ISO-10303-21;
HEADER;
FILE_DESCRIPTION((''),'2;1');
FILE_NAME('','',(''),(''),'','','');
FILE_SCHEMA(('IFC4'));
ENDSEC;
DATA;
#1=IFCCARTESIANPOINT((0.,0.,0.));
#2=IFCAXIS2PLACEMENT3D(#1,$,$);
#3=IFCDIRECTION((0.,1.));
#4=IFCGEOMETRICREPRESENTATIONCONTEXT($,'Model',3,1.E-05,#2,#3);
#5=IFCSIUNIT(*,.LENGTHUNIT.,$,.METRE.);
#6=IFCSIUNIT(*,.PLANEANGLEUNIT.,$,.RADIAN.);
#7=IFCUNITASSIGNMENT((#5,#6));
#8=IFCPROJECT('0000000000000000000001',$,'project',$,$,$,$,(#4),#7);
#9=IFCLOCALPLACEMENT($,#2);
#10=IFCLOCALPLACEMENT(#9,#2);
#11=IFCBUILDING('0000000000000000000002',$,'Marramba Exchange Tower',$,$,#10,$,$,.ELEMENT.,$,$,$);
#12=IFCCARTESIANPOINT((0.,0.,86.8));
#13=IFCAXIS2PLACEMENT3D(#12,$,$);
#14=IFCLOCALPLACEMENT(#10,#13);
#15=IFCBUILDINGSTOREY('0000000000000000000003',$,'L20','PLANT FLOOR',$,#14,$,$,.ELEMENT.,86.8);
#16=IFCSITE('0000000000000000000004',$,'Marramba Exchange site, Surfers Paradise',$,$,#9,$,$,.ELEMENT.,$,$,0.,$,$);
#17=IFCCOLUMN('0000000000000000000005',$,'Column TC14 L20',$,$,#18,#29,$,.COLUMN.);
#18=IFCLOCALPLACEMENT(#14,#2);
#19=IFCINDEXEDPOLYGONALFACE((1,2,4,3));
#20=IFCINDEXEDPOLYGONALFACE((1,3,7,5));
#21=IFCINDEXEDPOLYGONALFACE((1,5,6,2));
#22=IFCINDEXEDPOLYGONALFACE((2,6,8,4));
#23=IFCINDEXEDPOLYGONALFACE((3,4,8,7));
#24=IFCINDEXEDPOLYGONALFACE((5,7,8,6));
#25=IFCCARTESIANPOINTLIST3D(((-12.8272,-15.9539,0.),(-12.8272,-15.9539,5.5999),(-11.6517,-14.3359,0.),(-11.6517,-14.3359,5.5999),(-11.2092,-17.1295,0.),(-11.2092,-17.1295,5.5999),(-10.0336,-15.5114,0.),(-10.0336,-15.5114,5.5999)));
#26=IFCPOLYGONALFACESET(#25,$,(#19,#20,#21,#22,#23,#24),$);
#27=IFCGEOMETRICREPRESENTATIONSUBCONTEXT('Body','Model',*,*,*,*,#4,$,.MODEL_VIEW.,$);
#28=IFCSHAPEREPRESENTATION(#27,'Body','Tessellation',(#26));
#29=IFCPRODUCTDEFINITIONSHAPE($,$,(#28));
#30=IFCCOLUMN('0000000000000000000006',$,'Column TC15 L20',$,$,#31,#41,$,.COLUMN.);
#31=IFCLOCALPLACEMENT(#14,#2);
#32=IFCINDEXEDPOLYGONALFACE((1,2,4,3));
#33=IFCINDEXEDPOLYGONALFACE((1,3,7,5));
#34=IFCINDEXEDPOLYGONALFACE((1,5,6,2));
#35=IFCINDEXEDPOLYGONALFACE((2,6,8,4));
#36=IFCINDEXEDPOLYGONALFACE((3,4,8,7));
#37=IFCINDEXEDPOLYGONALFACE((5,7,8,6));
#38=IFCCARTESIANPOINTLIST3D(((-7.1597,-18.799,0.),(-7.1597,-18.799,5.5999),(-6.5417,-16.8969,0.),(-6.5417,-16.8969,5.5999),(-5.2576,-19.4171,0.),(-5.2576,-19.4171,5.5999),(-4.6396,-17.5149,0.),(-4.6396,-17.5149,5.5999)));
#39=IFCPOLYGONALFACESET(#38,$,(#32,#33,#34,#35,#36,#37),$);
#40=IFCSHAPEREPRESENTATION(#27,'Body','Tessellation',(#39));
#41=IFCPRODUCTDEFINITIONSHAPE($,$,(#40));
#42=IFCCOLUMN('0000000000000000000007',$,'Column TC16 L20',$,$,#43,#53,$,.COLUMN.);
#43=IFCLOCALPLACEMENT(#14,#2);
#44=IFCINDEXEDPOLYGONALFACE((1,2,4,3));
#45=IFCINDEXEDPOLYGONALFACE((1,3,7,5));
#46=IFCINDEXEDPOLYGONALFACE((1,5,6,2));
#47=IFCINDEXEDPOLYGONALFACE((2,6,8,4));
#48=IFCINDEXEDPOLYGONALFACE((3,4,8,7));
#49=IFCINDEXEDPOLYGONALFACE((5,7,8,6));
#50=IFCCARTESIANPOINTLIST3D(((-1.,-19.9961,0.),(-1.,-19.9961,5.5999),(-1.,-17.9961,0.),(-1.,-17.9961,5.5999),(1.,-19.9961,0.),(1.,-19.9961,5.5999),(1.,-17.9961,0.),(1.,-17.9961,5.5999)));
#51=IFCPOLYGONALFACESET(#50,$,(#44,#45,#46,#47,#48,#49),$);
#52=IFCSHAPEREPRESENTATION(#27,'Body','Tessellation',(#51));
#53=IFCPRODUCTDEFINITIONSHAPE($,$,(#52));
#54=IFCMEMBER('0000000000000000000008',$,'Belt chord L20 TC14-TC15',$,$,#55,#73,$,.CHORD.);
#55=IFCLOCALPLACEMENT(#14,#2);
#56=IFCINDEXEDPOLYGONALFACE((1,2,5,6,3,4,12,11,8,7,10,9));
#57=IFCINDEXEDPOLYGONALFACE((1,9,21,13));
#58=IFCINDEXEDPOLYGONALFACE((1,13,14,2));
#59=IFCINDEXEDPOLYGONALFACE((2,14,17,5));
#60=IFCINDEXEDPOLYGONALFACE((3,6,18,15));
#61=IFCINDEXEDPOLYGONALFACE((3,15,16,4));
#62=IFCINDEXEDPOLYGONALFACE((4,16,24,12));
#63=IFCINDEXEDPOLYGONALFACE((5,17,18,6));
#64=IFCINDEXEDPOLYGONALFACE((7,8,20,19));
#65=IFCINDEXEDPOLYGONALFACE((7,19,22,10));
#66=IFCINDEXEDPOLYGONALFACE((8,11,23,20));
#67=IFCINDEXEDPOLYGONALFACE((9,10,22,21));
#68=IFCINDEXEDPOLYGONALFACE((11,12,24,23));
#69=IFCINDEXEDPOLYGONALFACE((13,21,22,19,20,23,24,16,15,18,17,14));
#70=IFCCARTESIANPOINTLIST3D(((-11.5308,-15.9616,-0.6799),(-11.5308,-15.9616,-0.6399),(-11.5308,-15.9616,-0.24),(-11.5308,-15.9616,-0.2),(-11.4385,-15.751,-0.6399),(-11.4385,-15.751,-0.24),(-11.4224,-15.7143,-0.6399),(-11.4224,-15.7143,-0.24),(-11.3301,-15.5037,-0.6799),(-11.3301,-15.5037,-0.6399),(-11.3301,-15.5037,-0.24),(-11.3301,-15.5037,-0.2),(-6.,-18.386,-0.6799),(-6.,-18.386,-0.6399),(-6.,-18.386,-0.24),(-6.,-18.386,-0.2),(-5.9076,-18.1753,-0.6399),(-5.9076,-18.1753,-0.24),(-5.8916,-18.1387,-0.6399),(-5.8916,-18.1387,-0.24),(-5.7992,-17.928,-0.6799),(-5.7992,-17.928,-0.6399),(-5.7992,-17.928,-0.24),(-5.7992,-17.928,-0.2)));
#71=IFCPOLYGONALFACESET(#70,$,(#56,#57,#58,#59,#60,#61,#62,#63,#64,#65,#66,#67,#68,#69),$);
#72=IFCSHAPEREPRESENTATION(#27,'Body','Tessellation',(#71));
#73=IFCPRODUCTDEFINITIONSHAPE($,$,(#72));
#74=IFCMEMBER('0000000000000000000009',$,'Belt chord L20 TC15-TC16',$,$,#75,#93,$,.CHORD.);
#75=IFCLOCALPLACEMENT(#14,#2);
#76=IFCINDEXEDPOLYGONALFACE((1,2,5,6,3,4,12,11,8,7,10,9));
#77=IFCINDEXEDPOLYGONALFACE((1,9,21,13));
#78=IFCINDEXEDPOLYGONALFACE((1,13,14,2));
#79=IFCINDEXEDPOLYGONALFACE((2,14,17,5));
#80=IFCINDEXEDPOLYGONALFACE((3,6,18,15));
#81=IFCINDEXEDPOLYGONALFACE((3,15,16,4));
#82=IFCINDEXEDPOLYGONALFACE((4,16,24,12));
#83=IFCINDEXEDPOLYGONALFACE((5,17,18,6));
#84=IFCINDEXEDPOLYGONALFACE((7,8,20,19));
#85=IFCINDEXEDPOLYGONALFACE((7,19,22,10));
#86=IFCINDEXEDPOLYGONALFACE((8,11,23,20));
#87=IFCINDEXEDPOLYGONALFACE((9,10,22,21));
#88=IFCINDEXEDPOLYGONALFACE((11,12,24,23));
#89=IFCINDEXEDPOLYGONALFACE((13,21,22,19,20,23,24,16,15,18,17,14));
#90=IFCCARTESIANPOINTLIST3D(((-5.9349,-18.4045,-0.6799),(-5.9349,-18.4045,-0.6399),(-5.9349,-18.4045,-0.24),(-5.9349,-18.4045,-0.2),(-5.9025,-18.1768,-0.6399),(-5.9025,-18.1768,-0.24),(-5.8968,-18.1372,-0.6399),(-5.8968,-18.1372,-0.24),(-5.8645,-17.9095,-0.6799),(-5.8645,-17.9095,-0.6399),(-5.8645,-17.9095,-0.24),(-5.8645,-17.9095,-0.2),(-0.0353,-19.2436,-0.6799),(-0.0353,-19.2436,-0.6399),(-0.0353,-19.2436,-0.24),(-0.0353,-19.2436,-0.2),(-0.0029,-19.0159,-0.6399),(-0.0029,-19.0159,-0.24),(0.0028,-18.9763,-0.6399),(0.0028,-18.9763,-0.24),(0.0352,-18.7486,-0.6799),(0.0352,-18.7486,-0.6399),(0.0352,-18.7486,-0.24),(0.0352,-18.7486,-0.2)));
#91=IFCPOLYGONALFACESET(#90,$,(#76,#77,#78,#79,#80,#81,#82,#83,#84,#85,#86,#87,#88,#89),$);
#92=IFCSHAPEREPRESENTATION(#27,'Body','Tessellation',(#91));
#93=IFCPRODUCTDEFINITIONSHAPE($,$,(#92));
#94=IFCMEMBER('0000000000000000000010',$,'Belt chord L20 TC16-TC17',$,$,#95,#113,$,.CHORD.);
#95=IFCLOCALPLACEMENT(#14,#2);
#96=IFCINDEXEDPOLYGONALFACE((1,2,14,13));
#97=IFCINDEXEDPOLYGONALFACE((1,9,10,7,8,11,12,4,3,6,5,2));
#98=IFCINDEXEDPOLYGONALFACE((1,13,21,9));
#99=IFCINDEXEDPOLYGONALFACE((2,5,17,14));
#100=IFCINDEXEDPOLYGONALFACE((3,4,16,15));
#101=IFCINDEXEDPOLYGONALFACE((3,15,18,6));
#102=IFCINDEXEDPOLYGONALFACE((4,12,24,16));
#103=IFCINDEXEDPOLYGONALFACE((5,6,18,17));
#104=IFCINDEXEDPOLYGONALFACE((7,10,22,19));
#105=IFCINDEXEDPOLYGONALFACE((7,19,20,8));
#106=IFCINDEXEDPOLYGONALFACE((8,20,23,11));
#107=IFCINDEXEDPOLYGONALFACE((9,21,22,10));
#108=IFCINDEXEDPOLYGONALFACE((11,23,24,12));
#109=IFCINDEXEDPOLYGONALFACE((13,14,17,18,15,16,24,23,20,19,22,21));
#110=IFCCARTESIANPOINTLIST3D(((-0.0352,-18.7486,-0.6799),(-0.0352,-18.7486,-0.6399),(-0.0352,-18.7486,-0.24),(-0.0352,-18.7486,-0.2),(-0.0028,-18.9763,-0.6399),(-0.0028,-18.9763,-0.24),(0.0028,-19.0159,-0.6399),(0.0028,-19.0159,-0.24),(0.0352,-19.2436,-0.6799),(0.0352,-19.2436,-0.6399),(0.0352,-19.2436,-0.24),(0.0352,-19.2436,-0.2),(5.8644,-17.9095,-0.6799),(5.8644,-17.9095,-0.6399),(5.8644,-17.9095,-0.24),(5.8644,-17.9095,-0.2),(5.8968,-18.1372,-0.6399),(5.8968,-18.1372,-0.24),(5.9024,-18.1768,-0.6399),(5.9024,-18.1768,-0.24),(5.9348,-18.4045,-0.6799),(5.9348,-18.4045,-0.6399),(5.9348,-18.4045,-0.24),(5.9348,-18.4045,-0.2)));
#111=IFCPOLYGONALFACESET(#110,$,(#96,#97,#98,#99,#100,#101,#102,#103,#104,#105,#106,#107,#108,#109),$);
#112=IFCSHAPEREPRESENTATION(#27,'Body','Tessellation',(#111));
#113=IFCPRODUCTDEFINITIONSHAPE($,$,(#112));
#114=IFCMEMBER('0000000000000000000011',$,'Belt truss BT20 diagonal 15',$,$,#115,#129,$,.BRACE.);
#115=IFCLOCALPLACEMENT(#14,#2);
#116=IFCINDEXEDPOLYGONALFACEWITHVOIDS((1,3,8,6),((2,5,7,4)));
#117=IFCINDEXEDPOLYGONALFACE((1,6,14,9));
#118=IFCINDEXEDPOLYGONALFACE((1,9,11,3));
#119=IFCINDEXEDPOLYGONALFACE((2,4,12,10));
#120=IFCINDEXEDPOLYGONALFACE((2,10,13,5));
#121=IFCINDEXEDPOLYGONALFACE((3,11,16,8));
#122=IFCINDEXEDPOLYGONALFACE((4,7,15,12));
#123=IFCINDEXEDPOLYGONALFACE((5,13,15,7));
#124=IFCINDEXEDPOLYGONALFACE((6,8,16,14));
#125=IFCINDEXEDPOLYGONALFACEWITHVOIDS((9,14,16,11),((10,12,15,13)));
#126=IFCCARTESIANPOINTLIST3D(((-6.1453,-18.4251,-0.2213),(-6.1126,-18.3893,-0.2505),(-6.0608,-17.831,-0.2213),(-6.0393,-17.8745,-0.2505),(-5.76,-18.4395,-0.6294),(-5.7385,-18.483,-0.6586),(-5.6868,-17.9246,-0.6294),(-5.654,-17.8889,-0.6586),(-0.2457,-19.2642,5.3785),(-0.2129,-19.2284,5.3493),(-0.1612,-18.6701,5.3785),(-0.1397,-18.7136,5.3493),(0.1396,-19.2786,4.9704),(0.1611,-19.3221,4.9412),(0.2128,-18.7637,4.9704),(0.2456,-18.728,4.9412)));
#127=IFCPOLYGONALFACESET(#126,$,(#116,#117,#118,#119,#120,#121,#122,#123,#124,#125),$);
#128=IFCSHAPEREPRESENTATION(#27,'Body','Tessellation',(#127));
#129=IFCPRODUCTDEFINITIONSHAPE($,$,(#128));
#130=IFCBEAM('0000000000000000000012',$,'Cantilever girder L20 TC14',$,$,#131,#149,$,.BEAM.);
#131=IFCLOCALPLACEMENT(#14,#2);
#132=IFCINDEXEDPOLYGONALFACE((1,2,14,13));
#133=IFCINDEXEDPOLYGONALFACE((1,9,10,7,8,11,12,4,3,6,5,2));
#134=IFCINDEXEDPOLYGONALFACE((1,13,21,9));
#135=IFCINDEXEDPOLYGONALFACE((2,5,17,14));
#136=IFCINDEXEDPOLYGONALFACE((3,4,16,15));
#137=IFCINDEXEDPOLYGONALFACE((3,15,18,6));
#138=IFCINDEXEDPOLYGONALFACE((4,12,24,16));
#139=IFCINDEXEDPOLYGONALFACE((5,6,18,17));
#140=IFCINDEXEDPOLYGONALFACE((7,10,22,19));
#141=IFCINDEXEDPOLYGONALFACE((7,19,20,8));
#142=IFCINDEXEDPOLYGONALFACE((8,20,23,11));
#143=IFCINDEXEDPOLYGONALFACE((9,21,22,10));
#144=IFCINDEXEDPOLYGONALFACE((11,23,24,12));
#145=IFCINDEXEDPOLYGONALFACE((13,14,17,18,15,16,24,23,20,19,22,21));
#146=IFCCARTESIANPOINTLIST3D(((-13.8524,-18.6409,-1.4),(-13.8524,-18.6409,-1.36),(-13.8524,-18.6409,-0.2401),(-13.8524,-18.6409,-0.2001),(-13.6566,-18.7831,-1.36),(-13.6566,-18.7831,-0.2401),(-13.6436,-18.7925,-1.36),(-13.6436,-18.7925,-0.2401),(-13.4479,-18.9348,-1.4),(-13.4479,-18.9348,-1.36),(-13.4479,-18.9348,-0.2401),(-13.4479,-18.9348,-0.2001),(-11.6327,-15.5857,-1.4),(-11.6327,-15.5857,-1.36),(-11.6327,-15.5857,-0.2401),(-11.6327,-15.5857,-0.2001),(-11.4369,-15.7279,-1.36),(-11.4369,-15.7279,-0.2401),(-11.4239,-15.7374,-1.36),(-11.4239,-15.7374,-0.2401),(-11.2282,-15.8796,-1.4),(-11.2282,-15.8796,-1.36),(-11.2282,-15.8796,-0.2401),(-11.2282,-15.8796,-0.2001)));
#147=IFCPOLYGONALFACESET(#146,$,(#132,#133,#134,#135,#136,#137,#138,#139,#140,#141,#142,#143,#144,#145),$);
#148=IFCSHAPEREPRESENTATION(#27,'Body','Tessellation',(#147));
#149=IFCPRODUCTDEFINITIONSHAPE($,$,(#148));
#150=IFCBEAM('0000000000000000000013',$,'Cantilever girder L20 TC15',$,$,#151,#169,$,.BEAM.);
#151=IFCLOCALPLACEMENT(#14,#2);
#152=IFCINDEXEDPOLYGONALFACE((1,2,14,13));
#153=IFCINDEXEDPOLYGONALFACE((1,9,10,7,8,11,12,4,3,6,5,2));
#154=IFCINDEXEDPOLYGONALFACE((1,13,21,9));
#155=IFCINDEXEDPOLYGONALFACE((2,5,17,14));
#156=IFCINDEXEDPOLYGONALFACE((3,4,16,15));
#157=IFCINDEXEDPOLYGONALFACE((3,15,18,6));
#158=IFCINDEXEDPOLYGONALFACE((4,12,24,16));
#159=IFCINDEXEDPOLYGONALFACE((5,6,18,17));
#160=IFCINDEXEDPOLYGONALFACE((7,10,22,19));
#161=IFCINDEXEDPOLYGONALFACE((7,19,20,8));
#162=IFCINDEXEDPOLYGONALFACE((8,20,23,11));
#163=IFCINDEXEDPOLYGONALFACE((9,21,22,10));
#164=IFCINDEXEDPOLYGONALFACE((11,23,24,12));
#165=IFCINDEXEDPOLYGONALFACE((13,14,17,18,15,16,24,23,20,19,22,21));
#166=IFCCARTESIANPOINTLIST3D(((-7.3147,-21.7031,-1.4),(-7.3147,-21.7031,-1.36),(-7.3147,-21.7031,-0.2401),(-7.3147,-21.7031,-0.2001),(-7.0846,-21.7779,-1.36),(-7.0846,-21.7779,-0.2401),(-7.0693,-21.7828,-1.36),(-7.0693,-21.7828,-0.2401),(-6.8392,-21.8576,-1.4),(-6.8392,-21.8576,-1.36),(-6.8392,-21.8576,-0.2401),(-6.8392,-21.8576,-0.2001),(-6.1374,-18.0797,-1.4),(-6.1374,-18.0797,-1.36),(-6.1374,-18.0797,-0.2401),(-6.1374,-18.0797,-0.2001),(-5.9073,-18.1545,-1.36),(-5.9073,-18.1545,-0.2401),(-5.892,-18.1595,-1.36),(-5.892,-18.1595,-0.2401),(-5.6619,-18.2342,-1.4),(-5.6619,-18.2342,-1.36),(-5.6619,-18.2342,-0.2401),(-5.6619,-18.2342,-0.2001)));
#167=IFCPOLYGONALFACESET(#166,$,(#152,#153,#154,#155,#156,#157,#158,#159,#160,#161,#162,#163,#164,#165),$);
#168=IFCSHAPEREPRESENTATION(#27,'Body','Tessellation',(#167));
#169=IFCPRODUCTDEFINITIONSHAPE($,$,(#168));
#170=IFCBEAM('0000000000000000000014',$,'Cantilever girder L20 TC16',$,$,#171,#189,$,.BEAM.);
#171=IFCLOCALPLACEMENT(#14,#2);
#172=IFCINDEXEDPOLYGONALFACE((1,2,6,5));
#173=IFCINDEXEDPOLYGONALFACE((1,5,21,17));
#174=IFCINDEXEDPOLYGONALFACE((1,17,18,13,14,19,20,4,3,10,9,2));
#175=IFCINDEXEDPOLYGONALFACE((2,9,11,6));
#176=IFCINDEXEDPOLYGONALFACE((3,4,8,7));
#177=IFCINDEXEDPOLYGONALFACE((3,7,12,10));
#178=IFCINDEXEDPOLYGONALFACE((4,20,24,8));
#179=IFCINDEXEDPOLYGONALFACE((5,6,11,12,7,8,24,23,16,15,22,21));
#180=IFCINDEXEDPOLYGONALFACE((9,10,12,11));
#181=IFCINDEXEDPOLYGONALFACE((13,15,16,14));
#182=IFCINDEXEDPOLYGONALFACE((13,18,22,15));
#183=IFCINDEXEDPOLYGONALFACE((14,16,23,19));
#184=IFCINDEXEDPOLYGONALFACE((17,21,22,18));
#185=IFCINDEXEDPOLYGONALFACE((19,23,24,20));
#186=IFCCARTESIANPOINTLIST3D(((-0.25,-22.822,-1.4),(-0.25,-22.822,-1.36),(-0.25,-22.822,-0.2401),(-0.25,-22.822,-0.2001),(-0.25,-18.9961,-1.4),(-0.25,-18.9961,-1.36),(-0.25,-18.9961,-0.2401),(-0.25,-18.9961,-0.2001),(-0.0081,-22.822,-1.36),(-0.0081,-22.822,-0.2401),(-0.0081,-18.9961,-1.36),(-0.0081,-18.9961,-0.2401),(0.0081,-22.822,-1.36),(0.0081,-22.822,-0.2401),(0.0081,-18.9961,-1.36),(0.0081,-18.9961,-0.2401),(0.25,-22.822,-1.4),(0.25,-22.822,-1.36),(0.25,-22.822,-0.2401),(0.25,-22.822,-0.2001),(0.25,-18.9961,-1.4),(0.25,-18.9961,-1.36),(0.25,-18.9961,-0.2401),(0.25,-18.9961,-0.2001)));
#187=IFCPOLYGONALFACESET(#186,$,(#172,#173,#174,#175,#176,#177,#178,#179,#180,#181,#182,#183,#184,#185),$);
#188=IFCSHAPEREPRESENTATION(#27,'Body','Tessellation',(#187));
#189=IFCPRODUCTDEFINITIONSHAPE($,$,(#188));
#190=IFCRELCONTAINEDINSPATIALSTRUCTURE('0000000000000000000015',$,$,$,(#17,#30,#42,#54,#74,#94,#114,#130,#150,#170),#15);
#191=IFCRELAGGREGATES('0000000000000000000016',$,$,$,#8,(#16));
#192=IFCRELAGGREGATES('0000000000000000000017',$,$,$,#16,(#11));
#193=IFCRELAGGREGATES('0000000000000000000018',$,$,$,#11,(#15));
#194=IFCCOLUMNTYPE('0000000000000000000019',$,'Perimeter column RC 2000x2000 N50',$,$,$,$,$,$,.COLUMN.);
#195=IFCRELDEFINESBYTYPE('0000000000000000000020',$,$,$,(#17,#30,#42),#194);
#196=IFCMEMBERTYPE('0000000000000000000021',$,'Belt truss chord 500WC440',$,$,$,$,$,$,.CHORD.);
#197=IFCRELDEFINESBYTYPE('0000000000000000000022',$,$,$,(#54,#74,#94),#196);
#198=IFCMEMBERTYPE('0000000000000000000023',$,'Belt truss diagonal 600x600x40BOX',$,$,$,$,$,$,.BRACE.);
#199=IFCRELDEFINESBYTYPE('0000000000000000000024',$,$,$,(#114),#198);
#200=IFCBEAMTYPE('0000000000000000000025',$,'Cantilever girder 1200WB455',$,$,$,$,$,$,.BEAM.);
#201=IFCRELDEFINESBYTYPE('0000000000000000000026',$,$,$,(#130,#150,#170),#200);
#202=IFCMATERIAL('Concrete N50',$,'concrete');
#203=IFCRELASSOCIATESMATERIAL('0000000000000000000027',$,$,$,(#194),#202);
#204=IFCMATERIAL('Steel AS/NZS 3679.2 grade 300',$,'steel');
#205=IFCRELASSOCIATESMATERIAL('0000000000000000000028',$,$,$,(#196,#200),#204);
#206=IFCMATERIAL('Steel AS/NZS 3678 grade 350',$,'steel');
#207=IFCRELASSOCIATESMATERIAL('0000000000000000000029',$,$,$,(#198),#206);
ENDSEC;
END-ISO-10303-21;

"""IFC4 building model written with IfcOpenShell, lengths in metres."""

from ifc_helpers import new_model, si_unit, direction, frame, origin, origin_2d, place, context, subcontext, project, spatial, rectangle, hollow_rectangle, i_section, extrude, material, material_profile, profile_set, type_object, element, save


model = new_model("IFC4")

# Units and contexts
model_context = context("Model", 3, precision=1e-05, world=origin(), true_north=direction((0.0, 1.0)))
body_context = subcontext(model_context, "Body", "Model", "MODEL_VIEW")
ifc_project = project(units=[si_unit("LENGTHUNIT", "METRE"), si_unit("PLANEANGLEUNIT", "RADIAN")], contexts=[model_context])

# Site, building, storey
site_placement = place(None, origin())
site = spatial("IfcSite", under=ifc_project, at=site_placement, Name="Marramba Exchange site, Surfers Paradise", CompositionType="ELEMENT", RefElevation=0.0)
building_placement = place(site_placement, origin())
building = spatial("IfcBuilding", under=site, at=building_placement, Name="Marramba Exchange Tower", CompositionType="ELEMENT")
storey_placement = place(building_placement, frame((0.0, 0.0, 86.8)))
storey = spatial("IfcBuildingStorey", under=building, at=storey_placement, Name="L20", Description="PLANT FLOOR", CompositionType="ELEMENT", Elevation=86.8)

# Columns
ifc_material_1 = material(Name="Concrete N50", Category="concrete")
ifc_material_profile_1 = material_profile(ifc_material_1, rectangle(XDim=2.0, YDim=2.0, at=origin_2d()), Name="RC 2000x2000")
ifc_profile_set_1 = profile_set([ifc_material_profile_1], Name="Concrete N50")
column_type = type_object("IfcColumnType", Name="Perimeter column RC 2000x2000 N50", PredefinedType="COLUMN", material=ifc_profile_set_1)
for number, where, z_axis, x_axis, name in (
    (1, (-11.4304, -15.7327, 0.0), (0.0, 0.0, 1.0), (-0.587785, -0.809017, 0.0), "Column TC14 L20"),
    (2, (-5.8997, -18.157, 0.0), (0.0, 0.0, 1.0), (-0.309017, -0.951057, 0.0), "Column TC15 L20"),
    (3, (0.0, -18.9961, 0.0), (0.0, 0.0, 1.0), (0.0, -1.0, 0.0), "Column TC16 L20"),
):
    element("IfcColumn", number, at=place(storey_placement, frame(where, z_axis=z_axis, x_axis=x_axis)), inside=storey, type_object=column_type, Name=name, PredefinedType="COLUMN", context=body_context, shape_type="SweptSolid", body=[
        extrude(rectangle(XDim=2.0, YDim=2.0, at=origin_2d()), origin(), (0.0, 0.0, 1.0), 5.5999),
    ])

# Members
ifc_material_2 = material(Name="Steel AS/NZS 3679.2 grade 300", Category="steel")
ifc_material_profile_2 = material_profile(ifc_material_2, i_section(OverallWidth=0.5, OverallDepth=0.48, WebThickness=0.04, FlangeThickness=0.04, at=origin_2d()), Name="500WC440")
ifc_profile_set_2 = profile_set([ifc_material_profile_2], Name="Steel AS/NZS 3679.2 grade 300")
member_type_1 = type_object("IfcMemberType", Name="Belt truss chord 500WC440", PredefinedType="CHORD", material=ifc_profile_set_2)
member_1_placement = place(storey_placement, frame((-11.4304, -15.7327, -0.4399), z_axis=(0.915877, -0.401459, 0.0), x_axis=(0.401459, 0.915877, 0.0)))
element("IfcMember", 4, at=member_1_placement, inside=storey, type_object=member_type_1, Name="Belt chord L20 TC14-TC15", PredefinedType="CHORD", context=body_context, shape_type="SweptSolid", body=[
    extrude(i_section(OverallWidth=0.5, OverallDepth=0.48, WebThickness=0.04, FlangeThickness=0.04, at=origin_2d()), origin(), (0.0, 0.0, 1.0), 6.0388),
])
for number, where, z_axis, x_axis, name in (
    (5, (-5.8997, -18.157, -0.4399), (0.990036, -0.140813, 0.0), (0.140813, 0.990036, 0.0), "Belt chord L20 TC15-TC16"),
    (6, (0.0, -18.9961, -0.4399), (0.990036, 0.140813, 0.0), (-0.140813, 0.990036, 0.0), "Belt chord L20 TC16-TC17"),
):
    element("IfcMember", number, at=place(storey_placement, frame(where, z_axis=z_axis, x_axis=x_axis)), inside=storey, type_object=member_type_1, Name=name, PredefinedType="CHORD", context=body_context, shape_type="SweptSolid", body=[
        extrude(i_section(OverallWidth=0.5, OverallDepth=0.48, WebThickness=0.04, FlangeThickness=0.04, at=origin_2d()), origin(), (0.0, 0.0, 1.0), 5.959),
    ])
ifc_material_3 = material(Name="Steel AS/NZS 3678 grade 350", Category="steel")
ifc_material_profile_3 = material_profile(ifc_material_3, hollow_rectangle(XDim=0.6001, YDim=0.6001, WallThickness=0.04, at=origin_2d()), Name="600x600x40BOX")
ifc_profile_set_3 = profile_set([ifc_material_profile_3], Name="Steel AS/NZS 3678 grade 350")
member_type_2 = type_object("IfcMemberType", Name="Belt truss diagonal 600x600x40BOX", PredefinedType="BRACE", material=ifc_profile_set_3)
member_2_placement = place(storey_placement, frame((-5.8997, -18.157, -0.4399), z_axis=(0.721467, -0.102615, 0.684804), x_axis=(0.140813, 0.990036, 0.0)))
element("IfcMember", 7, at=member_2_placement, inside=storey, type_object=member_type_2, Name="Belt truss BT20 diagonal 15", PredefinedType="BRACE", context=body_context, shape_type="SweptSolid", body=[
    extrude(hollow_rectangle(XDim=0.6001, YDim=0.6001, WallThickness=0.04, at=origin_2d()), origin(), (0.0, 0.0, 1.0), 8.1772),
])

# Beams
ifc_material_profile_4 = material_profile(ifc_material_2, i_section(OverallWidth=0.5, OverallDepth=1.2, WebThickness=0.0161, FlangeThickness=0.04, at=origin_2d()), Name="1200WB455")
ifc_profile_set_4 = profile_set([ifc_material_profile_4], Name="Steel AS/NZS 3679.2 grade 300")
beam_type_1 = type_object("IfcBeamType", Name="Cantilever girder 1200WB455", PredefinedType="BEAM", material=ifc_profile_set_4)
beam_1_placement = place(storey_placement, frame((-11.4304, -15.7327, -0.8), z_axis=(-0.587787, -0.809016, 0.0), x_axis=(0.809016, -0.587787, 0.0)))
element("IfcBeam", 8, at=beam_1_placement, inside=storey, type_object=beam_type_1, Name="Cantilever girder L20 TC14", PredefinedType="BEAM", context=body_context, shape_type="SweptSolid", body=[
    extrude(i_section(OverallWidth=0.5, OverallDepth=1.2, WebThickness=0.0161, FlangeThickness=0.04, at=origin_2d()), origin(), (0.0, 0.0, 1.0), 3.7764),
])
beam_2_placement = place(storey_placement, frame((-5.8997, -18.157, -0.8), z_axis=(-0.309009, -0.951059, 0.0), x_axis=(0.951059, -0.309009, 0.0)))
element("IfcBeam", 9, at=beam_2_placement, inside=storey, type_object=beam_type_1, Name="Cantilever girder L20 TC15", PredefinedType="BEAM", context=body_context, shape_type="SweptSolid", body=[
    extrude(i_section(OverallWidth=0.5, OverallDepth=1.2, WebThickness=0.0161, FlangeThickness=0.04, at=origin_2d()), origin(), (0.0, 0.0, 1.0), 3.8098),
])
beam_3_placement = place(storey_placement, frame((0.0, -18.9961, -0.8), z_axis=(0.0, -1.0, 0.0), x_axis=(1.0, 0.0, 0.0)))
element("IfcBeam", 10, at=beam_3_placement, inside=storey, type_object=beam_type_1, Name="Cantilever girder L20 TC16", PredefinedType="BEAM", context=body_context, shape_type="SweptSolid", body=[
    extrude(i_section(OverallWidth=0.5, OverallDepth=1.2, WebThickness=0.0161, FlangeThickness=0.04, at=origin_2d()), origin(), (0.0, 0.0, 1.0), 3.8259),
])

save(model, "model.ifc")
